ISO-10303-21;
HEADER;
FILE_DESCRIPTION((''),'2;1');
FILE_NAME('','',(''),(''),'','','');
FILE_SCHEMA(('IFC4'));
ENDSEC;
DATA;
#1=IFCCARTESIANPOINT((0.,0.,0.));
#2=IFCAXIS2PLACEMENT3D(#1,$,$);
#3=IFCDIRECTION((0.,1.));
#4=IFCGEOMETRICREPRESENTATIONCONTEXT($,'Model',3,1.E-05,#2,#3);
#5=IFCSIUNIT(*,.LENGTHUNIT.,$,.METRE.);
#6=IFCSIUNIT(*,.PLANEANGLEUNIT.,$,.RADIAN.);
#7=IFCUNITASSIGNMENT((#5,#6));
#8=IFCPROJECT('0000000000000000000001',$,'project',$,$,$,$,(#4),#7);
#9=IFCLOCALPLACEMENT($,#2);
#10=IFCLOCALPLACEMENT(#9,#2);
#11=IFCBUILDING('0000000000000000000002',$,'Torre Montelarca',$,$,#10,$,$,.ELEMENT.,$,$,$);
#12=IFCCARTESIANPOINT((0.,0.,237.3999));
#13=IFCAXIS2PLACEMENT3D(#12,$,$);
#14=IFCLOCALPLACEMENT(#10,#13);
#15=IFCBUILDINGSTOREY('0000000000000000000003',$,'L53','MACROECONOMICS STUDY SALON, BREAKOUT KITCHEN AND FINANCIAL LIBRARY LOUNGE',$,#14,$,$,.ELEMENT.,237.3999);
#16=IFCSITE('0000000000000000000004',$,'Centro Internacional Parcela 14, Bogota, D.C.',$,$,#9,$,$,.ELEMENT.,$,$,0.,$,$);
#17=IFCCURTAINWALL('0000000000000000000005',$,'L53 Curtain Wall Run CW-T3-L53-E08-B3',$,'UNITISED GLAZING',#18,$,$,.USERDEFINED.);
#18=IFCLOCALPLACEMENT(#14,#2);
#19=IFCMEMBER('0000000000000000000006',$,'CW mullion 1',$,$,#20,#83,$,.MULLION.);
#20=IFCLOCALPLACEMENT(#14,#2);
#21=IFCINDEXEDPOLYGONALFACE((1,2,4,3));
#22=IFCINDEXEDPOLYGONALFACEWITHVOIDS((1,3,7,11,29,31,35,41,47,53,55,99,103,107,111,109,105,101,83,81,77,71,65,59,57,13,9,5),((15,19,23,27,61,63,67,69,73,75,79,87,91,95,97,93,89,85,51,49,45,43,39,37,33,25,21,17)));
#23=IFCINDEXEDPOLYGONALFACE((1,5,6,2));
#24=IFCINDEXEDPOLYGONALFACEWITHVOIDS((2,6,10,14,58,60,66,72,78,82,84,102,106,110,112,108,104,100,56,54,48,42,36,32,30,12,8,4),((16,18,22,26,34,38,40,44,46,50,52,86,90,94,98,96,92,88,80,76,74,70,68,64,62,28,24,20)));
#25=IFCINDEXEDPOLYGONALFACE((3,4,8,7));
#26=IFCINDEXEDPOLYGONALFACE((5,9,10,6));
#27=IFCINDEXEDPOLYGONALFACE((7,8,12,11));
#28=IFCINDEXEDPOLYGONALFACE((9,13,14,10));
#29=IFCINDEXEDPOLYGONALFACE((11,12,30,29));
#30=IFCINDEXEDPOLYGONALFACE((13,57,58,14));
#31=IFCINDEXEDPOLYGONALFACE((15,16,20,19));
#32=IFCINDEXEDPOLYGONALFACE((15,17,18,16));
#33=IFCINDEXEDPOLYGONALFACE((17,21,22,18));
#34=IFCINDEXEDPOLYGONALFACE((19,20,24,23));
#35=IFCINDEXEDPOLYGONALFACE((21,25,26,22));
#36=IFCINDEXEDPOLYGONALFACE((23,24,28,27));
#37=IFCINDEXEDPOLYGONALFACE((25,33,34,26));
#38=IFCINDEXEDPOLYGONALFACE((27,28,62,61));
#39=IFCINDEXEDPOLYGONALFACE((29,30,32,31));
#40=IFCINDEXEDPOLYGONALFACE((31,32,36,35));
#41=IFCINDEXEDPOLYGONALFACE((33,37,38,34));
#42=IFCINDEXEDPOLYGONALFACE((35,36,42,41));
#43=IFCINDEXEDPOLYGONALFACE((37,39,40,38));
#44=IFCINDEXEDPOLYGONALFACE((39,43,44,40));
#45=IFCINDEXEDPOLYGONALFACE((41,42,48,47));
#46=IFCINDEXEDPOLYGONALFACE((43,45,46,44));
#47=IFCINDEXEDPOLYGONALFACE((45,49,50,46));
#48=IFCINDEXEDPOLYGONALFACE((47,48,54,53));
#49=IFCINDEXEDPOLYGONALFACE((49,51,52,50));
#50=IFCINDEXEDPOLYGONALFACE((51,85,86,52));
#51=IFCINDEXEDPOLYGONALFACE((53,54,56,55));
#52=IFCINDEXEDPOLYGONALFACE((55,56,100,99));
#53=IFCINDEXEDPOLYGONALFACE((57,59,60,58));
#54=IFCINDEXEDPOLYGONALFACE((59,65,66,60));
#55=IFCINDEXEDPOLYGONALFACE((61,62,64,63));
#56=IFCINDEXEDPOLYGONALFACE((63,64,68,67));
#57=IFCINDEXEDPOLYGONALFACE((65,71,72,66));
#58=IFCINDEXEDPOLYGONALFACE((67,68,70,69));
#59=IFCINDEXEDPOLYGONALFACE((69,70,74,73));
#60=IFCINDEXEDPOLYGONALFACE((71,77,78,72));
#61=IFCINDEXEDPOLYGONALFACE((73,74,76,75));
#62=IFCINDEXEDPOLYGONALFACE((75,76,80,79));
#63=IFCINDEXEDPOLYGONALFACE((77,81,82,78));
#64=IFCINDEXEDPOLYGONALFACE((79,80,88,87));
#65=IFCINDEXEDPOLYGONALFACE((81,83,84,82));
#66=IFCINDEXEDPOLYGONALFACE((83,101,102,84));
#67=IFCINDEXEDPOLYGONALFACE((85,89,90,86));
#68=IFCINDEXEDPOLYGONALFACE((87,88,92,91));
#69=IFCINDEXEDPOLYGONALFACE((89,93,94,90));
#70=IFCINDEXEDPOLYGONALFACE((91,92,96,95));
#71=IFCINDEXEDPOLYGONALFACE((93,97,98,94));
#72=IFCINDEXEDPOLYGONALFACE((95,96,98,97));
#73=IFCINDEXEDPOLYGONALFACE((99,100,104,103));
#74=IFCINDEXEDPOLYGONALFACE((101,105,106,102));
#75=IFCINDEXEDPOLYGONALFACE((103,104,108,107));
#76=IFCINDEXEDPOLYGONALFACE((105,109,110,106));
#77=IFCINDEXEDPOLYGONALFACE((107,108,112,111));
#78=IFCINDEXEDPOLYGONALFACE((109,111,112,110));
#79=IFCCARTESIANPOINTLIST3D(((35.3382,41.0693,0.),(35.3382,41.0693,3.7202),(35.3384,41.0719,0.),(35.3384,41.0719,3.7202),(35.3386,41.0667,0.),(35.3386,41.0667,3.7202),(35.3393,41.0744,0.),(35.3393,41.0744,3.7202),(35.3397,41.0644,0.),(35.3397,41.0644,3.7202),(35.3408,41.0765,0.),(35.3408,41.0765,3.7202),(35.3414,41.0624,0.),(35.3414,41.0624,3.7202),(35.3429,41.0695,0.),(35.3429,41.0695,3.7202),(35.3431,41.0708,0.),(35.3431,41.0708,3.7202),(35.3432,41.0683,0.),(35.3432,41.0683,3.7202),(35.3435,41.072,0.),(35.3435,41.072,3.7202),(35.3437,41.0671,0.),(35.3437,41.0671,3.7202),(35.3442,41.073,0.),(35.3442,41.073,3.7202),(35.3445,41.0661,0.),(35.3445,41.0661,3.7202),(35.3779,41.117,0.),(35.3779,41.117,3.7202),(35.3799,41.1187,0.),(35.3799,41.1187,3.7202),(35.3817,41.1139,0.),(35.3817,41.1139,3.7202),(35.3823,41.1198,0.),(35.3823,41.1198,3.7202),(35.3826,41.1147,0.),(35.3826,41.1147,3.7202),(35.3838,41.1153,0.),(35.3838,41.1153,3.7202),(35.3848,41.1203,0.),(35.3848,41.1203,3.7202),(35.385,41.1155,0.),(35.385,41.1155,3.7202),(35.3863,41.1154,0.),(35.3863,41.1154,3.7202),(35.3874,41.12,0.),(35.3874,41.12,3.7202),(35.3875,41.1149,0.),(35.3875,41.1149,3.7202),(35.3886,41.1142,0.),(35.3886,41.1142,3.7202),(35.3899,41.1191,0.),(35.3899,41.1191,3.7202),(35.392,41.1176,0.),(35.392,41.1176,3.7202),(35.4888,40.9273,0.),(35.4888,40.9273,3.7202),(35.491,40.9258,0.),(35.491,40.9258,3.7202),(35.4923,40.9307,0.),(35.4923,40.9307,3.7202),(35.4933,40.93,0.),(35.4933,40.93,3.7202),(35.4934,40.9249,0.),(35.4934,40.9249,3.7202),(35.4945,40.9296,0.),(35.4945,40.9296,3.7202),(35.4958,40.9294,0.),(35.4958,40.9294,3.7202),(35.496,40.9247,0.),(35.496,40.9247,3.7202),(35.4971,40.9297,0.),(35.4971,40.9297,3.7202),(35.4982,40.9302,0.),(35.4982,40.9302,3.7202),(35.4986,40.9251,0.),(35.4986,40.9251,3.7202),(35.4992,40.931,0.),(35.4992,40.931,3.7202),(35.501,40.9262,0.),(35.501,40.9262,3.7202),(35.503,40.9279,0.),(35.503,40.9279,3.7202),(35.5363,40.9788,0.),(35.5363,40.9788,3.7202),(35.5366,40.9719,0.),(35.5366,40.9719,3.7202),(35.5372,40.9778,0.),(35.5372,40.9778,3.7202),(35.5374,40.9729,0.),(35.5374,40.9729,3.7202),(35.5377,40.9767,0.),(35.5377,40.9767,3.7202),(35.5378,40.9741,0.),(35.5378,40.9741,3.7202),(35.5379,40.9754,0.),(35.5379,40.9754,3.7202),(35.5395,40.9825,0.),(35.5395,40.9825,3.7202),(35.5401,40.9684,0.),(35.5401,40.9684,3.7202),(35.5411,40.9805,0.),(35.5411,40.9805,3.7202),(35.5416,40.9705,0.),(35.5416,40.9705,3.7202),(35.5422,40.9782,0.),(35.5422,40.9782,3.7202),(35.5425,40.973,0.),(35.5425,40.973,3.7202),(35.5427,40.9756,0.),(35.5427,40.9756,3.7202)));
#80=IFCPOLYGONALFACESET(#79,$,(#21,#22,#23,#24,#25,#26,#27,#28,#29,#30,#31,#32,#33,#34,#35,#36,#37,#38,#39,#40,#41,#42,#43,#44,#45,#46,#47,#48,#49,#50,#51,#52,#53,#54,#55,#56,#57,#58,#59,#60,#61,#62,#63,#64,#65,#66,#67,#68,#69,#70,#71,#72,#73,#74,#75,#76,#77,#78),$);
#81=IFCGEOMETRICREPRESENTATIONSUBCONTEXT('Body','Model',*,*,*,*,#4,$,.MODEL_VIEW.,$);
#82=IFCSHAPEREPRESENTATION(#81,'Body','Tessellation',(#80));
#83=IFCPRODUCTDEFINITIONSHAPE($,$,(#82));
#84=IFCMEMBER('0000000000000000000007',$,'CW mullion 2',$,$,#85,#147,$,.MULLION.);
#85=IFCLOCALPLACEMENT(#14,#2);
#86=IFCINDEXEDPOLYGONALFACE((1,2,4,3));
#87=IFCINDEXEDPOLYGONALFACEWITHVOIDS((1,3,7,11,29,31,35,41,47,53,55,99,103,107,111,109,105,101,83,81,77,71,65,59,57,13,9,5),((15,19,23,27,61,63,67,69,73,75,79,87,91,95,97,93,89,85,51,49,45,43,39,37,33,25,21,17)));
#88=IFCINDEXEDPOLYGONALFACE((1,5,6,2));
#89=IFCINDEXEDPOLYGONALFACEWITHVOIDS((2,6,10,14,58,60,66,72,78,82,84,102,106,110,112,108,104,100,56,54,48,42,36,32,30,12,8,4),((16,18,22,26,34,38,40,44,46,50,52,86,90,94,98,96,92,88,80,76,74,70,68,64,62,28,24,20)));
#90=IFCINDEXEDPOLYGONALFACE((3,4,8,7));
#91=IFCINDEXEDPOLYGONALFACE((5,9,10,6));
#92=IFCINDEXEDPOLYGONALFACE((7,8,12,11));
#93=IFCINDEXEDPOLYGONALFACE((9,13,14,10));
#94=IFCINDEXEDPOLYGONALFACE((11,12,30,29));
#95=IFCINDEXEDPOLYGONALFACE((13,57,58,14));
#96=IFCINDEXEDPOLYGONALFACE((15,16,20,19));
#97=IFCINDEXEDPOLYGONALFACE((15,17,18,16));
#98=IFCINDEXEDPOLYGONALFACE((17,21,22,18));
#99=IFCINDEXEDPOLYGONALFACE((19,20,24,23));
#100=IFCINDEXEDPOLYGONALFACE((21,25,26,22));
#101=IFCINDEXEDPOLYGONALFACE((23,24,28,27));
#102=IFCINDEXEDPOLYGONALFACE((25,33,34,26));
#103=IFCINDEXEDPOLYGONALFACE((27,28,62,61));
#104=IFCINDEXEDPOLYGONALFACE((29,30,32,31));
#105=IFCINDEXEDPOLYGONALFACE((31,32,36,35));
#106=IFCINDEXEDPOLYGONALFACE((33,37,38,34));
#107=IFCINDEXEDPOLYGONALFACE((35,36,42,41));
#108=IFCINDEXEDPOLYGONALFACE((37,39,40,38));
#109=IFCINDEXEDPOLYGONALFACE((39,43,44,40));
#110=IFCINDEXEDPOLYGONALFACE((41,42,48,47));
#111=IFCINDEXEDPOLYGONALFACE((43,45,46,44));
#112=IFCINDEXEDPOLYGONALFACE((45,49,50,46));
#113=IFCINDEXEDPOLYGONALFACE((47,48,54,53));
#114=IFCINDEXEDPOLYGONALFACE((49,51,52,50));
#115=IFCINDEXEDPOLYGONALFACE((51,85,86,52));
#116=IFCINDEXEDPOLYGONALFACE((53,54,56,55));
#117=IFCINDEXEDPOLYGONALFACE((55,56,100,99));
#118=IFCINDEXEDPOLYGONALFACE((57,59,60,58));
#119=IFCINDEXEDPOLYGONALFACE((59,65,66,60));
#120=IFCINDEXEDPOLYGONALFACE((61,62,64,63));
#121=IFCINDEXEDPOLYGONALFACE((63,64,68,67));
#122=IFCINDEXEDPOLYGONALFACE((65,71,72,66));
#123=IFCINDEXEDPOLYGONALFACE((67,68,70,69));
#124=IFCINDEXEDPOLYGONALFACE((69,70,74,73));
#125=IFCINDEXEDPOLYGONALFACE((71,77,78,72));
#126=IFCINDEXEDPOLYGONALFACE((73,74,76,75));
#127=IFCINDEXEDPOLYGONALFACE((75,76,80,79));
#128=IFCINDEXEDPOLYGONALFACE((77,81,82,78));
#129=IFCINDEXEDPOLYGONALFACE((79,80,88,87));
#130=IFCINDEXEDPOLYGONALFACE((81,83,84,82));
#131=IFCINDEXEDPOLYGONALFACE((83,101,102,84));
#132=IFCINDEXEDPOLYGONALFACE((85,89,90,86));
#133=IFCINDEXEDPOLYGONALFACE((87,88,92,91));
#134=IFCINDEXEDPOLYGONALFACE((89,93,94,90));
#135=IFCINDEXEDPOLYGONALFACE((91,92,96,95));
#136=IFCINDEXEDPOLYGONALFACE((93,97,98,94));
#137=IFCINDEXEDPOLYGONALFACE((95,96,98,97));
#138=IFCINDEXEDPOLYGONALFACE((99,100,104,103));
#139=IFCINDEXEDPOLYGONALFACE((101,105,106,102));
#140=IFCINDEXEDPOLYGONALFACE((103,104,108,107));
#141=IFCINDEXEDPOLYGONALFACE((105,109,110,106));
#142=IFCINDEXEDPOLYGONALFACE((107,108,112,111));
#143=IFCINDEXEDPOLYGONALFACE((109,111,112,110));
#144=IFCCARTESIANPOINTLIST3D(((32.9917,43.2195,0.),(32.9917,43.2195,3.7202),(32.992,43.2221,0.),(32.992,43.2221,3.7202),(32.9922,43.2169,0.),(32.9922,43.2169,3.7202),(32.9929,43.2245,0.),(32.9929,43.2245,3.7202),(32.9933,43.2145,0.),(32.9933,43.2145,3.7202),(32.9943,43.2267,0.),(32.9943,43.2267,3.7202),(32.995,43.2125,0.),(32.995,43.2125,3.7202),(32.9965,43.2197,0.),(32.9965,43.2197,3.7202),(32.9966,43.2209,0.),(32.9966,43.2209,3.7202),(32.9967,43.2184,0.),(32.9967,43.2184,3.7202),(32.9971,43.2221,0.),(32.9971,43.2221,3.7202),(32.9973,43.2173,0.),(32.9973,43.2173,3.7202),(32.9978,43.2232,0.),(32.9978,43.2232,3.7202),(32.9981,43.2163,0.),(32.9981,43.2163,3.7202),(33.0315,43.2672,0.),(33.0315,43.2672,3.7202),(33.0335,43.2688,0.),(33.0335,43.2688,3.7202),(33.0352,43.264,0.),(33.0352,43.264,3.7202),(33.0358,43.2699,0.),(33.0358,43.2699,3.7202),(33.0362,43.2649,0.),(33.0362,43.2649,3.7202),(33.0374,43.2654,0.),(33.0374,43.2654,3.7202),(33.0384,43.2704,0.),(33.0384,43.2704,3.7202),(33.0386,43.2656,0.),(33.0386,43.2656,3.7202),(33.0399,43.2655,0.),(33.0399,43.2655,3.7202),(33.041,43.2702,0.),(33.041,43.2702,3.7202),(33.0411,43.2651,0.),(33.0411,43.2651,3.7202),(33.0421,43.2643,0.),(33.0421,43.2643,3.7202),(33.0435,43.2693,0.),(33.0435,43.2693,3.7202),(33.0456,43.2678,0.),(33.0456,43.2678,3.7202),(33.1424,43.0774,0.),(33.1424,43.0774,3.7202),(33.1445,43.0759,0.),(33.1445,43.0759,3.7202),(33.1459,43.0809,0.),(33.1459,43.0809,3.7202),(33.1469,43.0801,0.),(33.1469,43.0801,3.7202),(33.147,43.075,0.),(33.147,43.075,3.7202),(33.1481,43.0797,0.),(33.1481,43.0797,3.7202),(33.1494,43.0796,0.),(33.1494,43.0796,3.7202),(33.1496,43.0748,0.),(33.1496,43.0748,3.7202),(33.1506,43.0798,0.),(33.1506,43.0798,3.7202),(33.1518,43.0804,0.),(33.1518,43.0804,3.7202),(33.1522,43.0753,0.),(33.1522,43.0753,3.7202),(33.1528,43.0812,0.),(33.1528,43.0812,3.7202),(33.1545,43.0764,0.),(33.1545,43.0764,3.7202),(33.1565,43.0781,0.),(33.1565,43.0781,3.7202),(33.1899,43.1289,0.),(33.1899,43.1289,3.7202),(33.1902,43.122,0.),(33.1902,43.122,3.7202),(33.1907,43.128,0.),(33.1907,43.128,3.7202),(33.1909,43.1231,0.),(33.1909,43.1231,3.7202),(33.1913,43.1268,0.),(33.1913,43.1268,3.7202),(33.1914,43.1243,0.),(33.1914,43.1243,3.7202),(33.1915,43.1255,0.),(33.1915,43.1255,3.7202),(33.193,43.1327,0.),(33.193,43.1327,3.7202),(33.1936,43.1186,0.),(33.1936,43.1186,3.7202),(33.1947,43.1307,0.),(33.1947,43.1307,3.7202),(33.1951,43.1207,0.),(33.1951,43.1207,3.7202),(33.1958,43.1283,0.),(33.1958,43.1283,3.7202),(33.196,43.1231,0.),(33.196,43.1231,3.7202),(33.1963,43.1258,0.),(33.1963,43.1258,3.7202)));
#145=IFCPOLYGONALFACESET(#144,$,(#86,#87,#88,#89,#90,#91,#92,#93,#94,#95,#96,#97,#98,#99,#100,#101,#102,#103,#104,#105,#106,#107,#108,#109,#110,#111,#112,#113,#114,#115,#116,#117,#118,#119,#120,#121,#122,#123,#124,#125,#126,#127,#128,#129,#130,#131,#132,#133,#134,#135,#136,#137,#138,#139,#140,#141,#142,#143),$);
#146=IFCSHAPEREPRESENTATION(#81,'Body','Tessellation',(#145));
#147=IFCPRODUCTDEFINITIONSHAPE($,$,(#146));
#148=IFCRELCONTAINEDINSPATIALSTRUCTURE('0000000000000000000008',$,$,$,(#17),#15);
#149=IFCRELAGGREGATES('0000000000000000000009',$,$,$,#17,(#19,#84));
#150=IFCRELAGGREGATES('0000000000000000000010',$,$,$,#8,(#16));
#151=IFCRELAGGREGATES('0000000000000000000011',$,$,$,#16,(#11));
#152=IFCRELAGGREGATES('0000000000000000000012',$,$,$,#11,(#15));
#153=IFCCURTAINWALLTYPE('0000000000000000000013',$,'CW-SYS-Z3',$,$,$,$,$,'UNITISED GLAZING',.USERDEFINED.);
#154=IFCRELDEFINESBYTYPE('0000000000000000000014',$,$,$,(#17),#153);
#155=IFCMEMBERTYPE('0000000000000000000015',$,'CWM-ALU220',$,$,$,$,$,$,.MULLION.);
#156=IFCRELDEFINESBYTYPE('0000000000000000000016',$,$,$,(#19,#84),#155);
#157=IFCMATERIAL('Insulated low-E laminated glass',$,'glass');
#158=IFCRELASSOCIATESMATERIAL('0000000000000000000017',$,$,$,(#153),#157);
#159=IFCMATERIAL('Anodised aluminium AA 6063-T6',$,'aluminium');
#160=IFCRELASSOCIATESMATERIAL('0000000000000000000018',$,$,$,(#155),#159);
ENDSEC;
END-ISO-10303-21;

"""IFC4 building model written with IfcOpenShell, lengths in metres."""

from ifc_helpers import new_model, si_unit, direction, frame, origin, origin_2d, place, context, subcontext, project, spatial, hollow_rectangle, extrude, source, transform, mapped, material, material_profile, profile_set, type_object, element, aggregate, save


model = new_model("IFC4")

# Units and contexts
model_context = context("Model", 3, precision=1e-05, world=origin(), true_north=direction((0.0, 1.0)))
body_context = subcontext(model_context, "Body", "Model", "MODEL_VIEW")
ifc_project = project(units=[si_unit("LENGTHUNIT", "METRE"), si_unit("PLANEANGLEUNIT", "RADIAN")], contexts=[model_context])

# Site, building, storey
site_placement = place(None, origin())
site = spatial("IfcSite", under=ifc_project, at=site_placement, Name="Centro Internacional Parcela 14, Bogota, D.C.", CompositionType="ELEMENT", RefElevation=0.0)
building_placement = place(site_placement, origin())
building = spatial("IfcBuilding", under=site, at=building_placement, Name="Torre Montelarca", CompositionType="ELEMENT")
storey_placement = place(building_placement, frame((0.0, 0.0, 237.3999)))
storey = spatial("IfcBuildingStorey", under=building, at=storey_placement, Name="L53", Description="MACROECONOMICS STUDY SALON, BREAKOUT KITCHEN AND FINANCIAL LIBRARY LOUNGE", CompositionType="ELEMENT", Elevation=237.3999)

# Curtain wall
ifc_material_1 = material(Name="Insulated low-E laminated glass", Category="glass")
curtain_wall_type = type_object("IfcCurtainWallType", Name="CW-SYS-Z3", ElementType="UNITISED GLAZING", PredefinedType="USERDEFINED", material=ifc_material_1)
ifc_material_2 = material(Name="Anodised aluminium AA 6063-T6", Category="aluminium")
curtain_wall_1_placement = place(storey_placement, origin())
curtain_wall_1 = element("IfcCurtainWall", 1, at=curtain_wall_1_placement, inside=storey, type_object=curtain_wall_type, Name="L53 Curtain Wall Run CW-T3-L53-E08-B3", ObjectType="UNITISED GLAZING", PredefinedType="USERDEFINED")

# Shared definitions
ifc_material_profile_1 = material_profile(ifc_material_2, hollow_rectangle(XDim=0.075, YDim=0.22, WallThickness=0.0049, InnerFilletRadius=0.0049, OuterFilletRadius=0.01, at=origin_2d()), Name="ALU75X220X5", Category="aluminium")
ifc_profile_set_1 = profile_set([ifc_material_profile_1], Name="Anodised aluminium AA 6063-T6")
member_type_1 = type_object("IfcMemberType", Name="CWM-ALU220", PredefinedType="MULLION", material=ifc_profile_set_1)
shared_shape_1 = source(origin(), body_context, "Body", "SweptSolid", [
    extrude(hollow_rectangle(XDim=0.075, YDim=0.22, WallThickness=0.0049, InnerFilletRadius=0.0049, OuterFilletRadius=0.01, at=origin_2d()), origin(), (0.0, 0.0, 1.0), 3.7202),
])

# Members
member_1_placement = place(storey_placement, frame((35.4404, 41.0225, 0.0), z_axis=(0.0, 0.0, 1.0), x_axis=(-0.675595, -0.737273, 0.0)))
member_1 = element("IfcMember", 2, at=member_1_placement, type_object=member_type_1, Name="CW mullion 1", PredefinedType="MULLION", context=body_context, shape_type="MappedRepresentation", body=[
    mapped(shared_shape_1, transform((0.0, 0.0, 0.0), scale=1.0)),
])
member_2_placement = place(storey_placement, frame((33.094, 43.1726, 0.0), z_axis=(0.0, 0.0, 1.0), x_axis=(-0.675595, -0.737273, 0.0)))
member_2 = element("IfcMember", 3, at=member_2_placement, type_object=member_type_1, Name="CW mullion 2", PredefinedType="MULLION", context=body_context, shape_type="MappedRepresentation", body=[
    mapped(shared_shape_1, transform((0.0, 0.0, 0.0), scale=1.0)),
])

aggregate(curtain_wall_1, [member_1, member_2])

save(model, "model.ifc")
